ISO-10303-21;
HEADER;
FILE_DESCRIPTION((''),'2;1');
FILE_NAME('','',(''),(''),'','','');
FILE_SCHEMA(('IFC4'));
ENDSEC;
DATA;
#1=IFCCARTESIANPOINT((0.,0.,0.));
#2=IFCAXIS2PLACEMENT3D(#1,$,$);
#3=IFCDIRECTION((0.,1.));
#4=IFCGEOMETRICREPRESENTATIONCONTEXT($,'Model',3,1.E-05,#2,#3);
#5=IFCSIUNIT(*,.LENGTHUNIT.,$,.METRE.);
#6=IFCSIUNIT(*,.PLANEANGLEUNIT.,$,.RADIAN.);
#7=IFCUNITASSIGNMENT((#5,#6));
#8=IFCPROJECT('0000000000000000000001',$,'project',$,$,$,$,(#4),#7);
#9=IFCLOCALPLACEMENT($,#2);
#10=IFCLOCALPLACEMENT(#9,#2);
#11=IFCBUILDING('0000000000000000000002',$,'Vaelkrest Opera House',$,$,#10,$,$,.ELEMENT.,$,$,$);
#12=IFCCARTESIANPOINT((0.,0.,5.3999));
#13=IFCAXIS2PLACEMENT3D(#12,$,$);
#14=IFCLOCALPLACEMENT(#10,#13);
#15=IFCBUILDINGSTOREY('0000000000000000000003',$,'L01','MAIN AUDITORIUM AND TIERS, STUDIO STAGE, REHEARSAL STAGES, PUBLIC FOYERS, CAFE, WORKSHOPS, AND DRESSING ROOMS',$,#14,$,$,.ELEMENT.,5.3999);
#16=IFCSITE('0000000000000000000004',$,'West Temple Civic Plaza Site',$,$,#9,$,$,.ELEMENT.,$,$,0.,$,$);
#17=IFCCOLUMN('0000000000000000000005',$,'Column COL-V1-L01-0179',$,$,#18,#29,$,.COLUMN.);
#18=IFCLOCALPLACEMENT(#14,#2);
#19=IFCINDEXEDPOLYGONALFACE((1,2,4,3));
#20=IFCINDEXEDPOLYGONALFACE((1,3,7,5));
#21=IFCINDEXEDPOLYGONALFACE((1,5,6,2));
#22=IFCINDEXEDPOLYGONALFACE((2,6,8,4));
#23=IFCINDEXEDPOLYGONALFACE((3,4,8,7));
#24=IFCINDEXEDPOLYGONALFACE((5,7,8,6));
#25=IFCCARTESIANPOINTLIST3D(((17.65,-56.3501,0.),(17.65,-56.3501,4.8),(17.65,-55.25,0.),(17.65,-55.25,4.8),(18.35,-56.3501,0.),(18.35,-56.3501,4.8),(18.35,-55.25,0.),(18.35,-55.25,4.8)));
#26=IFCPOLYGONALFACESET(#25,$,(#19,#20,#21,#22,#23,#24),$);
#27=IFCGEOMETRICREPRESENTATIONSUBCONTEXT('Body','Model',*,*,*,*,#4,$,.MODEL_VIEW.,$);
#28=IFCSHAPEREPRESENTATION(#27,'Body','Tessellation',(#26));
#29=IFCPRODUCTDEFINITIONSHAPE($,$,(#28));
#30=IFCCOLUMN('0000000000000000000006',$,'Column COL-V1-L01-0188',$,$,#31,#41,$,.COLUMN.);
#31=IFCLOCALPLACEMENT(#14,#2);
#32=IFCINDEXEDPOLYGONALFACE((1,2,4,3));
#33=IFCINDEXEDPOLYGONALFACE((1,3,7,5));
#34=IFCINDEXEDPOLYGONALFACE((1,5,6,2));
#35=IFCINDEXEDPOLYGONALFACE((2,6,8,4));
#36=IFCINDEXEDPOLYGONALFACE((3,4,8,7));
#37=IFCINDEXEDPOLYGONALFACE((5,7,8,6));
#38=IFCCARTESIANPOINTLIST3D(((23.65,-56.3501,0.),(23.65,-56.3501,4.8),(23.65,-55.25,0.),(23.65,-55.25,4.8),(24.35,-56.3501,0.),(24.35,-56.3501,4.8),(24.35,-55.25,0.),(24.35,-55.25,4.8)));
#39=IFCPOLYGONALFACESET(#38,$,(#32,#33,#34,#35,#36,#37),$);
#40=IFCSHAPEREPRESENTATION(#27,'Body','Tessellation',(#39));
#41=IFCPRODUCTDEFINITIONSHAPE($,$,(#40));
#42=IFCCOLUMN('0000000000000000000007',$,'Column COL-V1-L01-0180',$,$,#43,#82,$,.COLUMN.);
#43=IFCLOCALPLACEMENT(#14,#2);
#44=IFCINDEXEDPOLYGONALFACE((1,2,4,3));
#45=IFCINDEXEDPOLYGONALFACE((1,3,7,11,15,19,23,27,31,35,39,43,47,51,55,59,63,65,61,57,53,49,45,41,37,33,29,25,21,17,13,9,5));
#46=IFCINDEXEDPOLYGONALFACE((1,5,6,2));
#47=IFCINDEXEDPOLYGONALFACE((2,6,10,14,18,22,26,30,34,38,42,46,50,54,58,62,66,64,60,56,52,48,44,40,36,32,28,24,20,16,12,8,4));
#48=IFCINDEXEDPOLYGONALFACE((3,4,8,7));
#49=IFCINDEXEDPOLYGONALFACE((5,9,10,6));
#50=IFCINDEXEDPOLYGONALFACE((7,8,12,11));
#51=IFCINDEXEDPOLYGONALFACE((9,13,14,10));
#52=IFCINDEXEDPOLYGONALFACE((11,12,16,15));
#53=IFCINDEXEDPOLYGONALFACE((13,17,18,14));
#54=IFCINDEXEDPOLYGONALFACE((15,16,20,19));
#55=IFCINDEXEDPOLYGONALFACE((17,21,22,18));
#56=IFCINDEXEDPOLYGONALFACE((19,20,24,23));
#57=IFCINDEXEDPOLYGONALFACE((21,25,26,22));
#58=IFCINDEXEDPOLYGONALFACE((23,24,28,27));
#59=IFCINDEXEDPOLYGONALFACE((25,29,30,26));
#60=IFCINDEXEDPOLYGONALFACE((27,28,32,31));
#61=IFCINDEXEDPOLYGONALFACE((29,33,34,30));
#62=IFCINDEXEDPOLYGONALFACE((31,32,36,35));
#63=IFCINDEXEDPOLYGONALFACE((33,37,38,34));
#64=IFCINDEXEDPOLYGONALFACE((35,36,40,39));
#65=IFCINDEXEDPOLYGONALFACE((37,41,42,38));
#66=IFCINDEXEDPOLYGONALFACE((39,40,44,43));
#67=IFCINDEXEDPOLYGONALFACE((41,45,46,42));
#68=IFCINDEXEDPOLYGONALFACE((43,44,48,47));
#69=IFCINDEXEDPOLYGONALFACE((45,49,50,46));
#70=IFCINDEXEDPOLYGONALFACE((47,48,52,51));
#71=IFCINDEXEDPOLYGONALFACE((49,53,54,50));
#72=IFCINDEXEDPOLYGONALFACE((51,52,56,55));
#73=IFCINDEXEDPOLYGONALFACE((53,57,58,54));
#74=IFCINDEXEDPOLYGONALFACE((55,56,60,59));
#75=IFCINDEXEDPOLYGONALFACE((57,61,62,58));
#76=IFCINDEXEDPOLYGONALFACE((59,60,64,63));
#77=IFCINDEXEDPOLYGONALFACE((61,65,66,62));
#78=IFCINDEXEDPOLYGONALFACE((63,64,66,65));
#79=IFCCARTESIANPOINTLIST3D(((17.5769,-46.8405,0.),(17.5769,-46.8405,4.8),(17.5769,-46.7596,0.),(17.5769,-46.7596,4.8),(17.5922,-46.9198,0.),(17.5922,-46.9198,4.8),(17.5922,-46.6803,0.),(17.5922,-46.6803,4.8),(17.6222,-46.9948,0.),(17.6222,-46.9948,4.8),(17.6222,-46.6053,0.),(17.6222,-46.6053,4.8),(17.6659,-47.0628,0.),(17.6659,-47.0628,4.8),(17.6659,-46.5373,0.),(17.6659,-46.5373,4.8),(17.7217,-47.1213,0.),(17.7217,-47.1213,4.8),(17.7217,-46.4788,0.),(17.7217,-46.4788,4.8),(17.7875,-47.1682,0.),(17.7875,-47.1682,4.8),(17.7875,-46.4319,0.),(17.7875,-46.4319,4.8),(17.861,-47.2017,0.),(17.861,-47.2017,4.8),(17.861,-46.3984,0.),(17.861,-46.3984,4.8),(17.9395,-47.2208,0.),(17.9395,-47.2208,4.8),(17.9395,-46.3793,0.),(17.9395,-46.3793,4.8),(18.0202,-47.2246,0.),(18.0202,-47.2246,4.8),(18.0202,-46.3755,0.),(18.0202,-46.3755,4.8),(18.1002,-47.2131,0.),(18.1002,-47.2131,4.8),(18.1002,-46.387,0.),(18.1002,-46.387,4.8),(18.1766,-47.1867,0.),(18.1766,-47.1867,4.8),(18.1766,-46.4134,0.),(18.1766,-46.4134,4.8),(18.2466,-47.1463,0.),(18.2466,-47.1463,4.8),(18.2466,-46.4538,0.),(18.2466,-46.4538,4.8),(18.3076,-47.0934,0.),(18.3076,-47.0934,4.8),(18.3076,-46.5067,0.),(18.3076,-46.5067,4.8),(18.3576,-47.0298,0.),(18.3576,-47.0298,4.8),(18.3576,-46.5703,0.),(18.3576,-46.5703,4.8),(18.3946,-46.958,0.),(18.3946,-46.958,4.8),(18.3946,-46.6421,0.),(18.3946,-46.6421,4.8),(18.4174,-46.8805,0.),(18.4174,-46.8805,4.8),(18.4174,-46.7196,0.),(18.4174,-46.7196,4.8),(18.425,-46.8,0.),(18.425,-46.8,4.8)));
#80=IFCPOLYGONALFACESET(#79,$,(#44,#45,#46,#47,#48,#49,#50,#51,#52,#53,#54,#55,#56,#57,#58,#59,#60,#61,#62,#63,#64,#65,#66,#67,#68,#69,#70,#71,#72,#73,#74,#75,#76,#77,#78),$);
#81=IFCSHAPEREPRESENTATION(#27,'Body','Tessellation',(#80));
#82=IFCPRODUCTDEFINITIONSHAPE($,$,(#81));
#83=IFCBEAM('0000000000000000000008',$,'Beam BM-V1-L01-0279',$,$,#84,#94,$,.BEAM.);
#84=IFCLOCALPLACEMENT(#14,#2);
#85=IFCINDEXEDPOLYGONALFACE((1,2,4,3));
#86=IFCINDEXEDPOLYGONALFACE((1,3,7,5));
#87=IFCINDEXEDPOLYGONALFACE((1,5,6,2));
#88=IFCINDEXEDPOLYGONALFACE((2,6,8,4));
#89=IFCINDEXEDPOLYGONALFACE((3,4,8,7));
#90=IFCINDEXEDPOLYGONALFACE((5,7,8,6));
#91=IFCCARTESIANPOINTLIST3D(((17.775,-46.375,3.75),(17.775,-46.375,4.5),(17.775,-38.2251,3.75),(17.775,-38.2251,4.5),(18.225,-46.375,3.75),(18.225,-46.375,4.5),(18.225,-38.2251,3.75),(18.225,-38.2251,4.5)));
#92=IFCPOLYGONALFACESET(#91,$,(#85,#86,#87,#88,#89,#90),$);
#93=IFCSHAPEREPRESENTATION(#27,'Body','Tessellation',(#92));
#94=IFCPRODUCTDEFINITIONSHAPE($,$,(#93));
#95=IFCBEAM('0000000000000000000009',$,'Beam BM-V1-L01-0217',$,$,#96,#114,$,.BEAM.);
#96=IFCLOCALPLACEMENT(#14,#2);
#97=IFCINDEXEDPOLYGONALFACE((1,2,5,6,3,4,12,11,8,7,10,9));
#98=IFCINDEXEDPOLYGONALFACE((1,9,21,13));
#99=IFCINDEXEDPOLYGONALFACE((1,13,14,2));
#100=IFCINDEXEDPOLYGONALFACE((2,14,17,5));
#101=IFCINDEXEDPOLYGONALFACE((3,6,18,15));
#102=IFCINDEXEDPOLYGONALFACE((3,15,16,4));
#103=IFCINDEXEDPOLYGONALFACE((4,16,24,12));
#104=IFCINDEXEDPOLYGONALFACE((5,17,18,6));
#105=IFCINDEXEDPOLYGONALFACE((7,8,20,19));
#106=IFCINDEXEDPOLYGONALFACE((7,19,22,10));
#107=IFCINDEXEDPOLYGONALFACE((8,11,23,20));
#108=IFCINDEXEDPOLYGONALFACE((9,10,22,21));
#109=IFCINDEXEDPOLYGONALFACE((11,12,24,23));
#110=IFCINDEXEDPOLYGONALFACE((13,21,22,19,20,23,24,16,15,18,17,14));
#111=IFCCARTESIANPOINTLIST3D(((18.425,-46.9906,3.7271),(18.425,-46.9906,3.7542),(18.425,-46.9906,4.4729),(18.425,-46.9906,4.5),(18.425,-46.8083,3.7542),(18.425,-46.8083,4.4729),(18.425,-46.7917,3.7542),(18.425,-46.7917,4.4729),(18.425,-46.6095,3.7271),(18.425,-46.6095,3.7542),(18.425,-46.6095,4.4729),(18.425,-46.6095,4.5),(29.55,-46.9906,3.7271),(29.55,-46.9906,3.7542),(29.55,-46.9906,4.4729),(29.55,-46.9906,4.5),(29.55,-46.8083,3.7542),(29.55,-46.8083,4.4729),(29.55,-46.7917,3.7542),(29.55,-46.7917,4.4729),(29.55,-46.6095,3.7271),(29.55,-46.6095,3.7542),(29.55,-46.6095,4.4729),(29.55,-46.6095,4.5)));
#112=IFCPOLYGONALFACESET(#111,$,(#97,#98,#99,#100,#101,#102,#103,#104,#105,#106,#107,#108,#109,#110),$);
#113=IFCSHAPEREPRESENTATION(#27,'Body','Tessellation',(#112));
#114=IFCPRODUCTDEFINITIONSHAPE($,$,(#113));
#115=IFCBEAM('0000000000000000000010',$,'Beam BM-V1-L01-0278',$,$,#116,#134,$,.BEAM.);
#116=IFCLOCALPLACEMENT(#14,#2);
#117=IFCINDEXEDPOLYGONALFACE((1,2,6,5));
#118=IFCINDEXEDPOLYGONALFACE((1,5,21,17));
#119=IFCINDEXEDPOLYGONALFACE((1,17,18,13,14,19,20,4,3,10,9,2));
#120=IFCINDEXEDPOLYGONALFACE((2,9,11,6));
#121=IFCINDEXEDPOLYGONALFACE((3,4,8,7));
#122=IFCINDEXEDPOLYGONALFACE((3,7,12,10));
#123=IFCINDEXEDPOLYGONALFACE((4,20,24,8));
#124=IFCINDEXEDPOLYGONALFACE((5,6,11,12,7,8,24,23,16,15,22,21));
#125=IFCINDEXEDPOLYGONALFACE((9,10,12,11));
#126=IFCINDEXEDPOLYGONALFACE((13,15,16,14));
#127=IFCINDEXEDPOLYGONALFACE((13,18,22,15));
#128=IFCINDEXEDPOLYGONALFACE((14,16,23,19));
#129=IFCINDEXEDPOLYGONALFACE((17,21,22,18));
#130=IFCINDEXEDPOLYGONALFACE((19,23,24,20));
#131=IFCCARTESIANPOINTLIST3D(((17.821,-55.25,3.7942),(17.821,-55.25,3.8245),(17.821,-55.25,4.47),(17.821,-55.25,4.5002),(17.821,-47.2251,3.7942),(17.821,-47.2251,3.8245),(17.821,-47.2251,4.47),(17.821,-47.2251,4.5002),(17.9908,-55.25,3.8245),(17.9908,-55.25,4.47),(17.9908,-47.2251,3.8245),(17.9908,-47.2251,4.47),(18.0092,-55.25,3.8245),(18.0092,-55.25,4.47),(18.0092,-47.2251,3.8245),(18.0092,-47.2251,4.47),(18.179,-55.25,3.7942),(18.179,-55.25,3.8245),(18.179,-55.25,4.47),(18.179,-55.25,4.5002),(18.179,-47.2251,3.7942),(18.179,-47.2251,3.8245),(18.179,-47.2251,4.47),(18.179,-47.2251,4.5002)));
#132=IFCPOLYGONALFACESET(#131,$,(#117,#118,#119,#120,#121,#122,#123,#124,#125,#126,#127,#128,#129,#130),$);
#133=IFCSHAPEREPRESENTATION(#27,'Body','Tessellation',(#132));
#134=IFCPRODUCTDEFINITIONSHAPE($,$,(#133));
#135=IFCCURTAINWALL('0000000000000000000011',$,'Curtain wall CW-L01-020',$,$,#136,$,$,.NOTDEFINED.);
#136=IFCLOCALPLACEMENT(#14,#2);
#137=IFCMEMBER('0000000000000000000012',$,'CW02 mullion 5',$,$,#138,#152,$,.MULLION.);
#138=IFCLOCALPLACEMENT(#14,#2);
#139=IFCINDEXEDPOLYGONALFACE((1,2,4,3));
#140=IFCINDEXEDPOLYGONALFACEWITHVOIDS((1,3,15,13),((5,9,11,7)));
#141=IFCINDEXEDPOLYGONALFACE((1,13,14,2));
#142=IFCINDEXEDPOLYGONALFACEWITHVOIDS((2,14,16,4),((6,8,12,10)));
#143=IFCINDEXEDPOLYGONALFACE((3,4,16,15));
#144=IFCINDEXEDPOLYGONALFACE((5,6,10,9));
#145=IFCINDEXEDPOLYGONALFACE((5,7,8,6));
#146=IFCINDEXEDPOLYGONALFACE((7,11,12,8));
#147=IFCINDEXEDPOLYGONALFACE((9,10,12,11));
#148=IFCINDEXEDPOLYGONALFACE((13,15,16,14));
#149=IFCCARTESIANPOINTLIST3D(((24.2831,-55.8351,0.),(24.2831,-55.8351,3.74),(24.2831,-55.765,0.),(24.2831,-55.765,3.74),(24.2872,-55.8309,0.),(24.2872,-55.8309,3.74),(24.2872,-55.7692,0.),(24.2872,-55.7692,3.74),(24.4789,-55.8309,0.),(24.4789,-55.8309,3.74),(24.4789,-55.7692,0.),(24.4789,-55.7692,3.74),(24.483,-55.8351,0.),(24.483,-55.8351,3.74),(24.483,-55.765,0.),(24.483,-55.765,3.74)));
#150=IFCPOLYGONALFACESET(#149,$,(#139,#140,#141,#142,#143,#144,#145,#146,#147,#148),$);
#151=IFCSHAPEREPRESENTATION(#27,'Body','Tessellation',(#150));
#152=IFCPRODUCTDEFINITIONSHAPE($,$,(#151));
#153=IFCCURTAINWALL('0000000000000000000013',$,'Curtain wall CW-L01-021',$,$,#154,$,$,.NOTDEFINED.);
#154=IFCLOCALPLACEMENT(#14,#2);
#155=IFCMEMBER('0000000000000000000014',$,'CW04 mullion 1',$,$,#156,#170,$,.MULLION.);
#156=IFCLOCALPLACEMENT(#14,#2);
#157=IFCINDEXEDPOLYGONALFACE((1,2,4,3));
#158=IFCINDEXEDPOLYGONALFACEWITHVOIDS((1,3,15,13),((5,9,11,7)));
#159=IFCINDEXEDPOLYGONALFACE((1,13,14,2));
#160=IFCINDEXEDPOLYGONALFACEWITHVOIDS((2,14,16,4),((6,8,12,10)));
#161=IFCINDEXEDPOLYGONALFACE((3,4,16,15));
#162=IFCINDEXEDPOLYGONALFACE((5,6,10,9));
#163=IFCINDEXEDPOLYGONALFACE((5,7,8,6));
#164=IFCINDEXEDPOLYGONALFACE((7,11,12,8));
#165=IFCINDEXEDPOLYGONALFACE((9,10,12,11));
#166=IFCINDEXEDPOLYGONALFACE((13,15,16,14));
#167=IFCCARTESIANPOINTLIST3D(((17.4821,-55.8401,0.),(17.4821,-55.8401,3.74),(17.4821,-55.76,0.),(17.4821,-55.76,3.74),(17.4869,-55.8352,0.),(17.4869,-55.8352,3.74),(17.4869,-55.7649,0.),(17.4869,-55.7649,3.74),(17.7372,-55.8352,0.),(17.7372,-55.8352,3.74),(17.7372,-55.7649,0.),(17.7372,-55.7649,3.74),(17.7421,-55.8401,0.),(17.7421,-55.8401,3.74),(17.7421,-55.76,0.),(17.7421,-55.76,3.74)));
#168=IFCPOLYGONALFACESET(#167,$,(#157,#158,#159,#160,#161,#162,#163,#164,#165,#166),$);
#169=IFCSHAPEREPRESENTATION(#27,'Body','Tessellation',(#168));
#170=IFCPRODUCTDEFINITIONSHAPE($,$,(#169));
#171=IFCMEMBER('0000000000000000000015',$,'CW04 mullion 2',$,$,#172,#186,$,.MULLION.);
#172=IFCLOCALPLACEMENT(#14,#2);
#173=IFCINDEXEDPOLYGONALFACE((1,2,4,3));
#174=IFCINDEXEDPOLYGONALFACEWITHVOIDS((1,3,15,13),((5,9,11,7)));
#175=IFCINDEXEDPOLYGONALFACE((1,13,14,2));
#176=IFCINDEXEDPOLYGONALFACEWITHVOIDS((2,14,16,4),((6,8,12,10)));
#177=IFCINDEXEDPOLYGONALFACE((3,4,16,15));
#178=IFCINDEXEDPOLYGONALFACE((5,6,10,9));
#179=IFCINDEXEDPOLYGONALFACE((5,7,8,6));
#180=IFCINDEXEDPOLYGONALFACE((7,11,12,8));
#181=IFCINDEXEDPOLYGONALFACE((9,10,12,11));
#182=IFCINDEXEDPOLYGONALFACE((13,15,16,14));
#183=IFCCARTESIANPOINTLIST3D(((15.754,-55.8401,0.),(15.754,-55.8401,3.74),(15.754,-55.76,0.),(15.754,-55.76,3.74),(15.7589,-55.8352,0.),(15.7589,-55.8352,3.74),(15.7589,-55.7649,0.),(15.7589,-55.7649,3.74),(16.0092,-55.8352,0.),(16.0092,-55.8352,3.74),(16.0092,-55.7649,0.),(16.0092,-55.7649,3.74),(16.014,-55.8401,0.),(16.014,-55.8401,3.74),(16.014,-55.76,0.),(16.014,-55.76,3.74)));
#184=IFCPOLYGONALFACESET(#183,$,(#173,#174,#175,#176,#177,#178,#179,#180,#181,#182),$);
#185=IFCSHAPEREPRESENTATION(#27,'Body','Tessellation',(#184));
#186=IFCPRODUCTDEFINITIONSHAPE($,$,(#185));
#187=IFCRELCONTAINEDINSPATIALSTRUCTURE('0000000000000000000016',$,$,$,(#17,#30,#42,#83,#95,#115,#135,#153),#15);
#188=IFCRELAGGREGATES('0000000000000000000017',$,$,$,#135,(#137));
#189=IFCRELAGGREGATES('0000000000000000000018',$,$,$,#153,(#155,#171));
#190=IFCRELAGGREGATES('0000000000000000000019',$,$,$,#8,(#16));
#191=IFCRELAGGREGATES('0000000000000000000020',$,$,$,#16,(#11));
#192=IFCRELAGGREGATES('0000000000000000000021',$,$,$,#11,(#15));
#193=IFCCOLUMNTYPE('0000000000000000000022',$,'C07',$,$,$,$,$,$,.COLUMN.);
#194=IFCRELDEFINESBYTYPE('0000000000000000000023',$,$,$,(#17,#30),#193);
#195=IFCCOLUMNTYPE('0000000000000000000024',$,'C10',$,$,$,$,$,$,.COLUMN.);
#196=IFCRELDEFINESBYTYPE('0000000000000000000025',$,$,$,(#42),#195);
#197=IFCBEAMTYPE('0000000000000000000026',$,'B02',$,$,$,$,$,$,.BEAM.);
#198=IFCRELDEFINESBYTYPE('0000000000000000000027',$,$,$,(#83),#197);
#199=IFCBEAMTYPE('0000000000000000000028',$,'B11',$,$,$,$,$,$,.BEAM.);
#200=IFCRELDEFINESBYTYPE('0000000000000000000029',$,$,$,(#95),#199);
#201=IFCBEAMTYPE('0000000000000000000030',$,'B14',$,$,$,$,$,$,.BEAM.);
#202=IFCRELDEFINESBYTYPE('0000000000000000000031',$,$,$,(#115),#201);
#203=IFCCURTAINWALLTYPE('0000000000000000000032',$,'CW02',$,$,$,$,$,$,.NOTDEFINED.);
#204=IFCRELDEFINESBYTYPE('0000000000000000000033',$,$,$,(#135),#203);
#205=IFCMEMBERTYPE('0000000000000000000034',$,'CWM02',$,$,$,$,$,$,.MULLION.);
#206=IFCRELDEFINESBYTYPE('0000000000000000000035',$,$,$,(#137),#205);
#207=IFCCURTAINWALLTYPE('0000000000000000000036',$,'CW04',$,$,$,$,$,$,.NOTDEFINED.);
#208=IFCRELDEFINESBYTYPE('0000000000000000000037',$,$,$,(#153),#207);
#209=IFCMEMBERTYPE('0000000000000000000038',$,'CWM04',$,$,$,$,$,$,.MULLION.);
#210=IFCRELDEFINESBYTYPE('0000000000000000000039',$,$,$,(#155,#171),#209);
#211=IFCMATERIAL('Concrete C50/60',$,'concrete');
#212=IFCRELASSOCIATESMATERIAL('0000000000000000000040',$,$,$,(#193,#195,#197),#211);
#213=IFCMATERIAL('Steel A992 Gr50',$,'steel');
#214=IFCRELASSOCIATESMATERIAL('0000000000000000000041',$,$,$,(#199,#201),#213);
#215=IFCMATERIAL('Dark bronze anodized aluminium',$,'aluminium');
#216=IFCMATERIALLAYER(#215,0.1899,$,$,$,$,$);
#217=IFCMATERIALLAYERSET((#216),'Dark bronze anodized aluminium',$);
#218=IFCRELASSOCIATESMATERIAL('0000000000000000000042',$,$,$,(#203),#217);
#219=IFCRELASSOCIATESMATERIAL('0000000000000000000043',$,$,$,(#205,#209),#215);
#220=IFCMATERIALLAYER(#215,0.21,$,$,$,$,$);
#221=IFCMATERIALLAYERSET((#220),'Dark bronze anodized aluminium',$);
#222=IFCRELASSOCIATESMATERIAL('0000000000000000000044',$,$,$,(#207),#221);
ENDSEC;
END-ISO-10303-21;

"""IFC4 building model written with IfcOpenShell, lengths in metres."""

from ifc_helpers import new_model, si_unit, direction, frame, origin, origin_2d, place, context, subcontext, project, spatial, rectangle, hollow_rectangle, circle, i_section, extrude, material, layer, layer_set, material_profile, profile_set, type_object, element, aggregate, save


model = new_model("IFC4")

# Units and contexts
model_context = context("Model", 3, precision=1e-05, world=origin(), true_north=direction((0.0, 1.0)))
body_context = subcontext(model_context, "Body", "Model", "MODEL_VIEW")
ifc_project = project(units=[si_unit("LENGTHUNIT", "METRE"), si_unit("PLANEANGLEUNIT", "RADIAN")], contexts=[model_context])

# Site, building, storey
site_placement = place(None, origin())
site = spatial("IfcSite", under=ifc_project, at=site_placement, Name="West Temple Civic Plaza Site", CompositionType="ELEMENT", RefElevation=0.0)
building_placement = place(site_placement, origin())
building = spatial("IfcBuilding", under=site, at=building_placement, Name="Vaelkrest Opera House", CompositionType="ELEMENT")
storey_placement = place(building_placement, frame((0.0, 0.0, 5.3999)))
storey = spatial("IfcBuildingStorey", under=building, at=storey_placement, Name="L01", Description="MAIN AUDITORIUM AND TIERS, STUDIO STAGE, REHEARSAL STAGES, PUBLIC FOYERS, CAFE, WORKSHOPS, AND DRESSING ROOMS", CompositionType="ELEMENT", Elevation=5.3999)

# Columns
ifc_material_1 = material(Name="Concrete C50/60", Category="concrete")
ifc_material_profile_1 = material_profile(ifc_material_1, rectangle(XDim=0.7, YDim=1.1001, at=origin_2d()), Name="RC700X1100")
ifc_profile_set_1 = profile_set([ifc_material_profile_1], Name="Concrete C50/60")
column_type_1 = type_object("IfcColumnType", Name="C07", PredefinedType="COLUMN", material=ifc_profile_set_1)
for number, where, z_axis, x_axis, name in (
    (1, (18.0, -55.8, 0.0), (0.0, 0.0, 1.0), (1.0, 0.0, 0.0), "Column COL-V1-L01-0179"),
    (2, (24.0, -55.8, 0.0), (0.0, 0.0, 1.0), (1.0, 0.0, 0.0), "Column COL-V1-L01-0188"),
):
    element("IfcColumn", number, at=place(storey_placement, frame(where, z_axis=z_axis, x_axis=x_axis)), inside=storey, type_object=column_type_1, Name=name, PredefinedType="COLUMN", context=body_context, shape_type="SweptSolid", body=[
        extrude(rectangle(XDim=0.7, YDim=1.1001, at=origin_2d()), origin(), (0.0, 0.0, 1.0), 4.8),
    ])
ifc_material_profile_2 = material_profile(ifc_material_1, circle(Radius=0.425, at=origin_2d()), Name="RCD850")
ifc_profile_set_2 = profile_set([ifc_material_profile_2], Name="Concrete C50/60")
column_type_2 = type_object("IfcColumnType", Name="C10", PredefinedType="COLUMN", material=ifc_profile_set_2)
column_placement = place(storey_placement, frame((18.0, -46.8, 0.0), z_axis=(0.0, 0.0, 1.0), x_axis=(1.0, 0.0, 0.0)))
element("IfcColumn", 3, at=column_placement, inside=storey, type_object=column_type_2, Name="Column COL-V1-L01-0180", PredefinedType="COLUMN", context=body_context, shape_type="SweptSolid", body=[
    extrude(circle(Radius=0.425, at=origin_2d()), origin(), (0.0, 0.0, 1.0), 4.8),
])

# Beams
ifc_material_profile_3 = material_profile(ifc_material_1, rectangle(XDim=0.45, YDim=0.75, at=origin_2d()), Name="RCB450X750")
ifc_profile_set_3 = profile_set([ifc_material_profile_3], Name="Concrete C50/60")
beam_type_1 = type_object("IfcBeamType", Name="B02", PredefinedType="BEAM", material=ifc_profile_set_3)
beam_1_placement = place(storey_placement, frame((18.0, -46.375, 4.125), z_axis=(0.0, 1.0, 0.0), x_axis=(-1.0, 0.0, 0.0)))
element("IfcBeam", 4, at=beam_1_placement, inside=storey, type_object=beam_type_1, Name="Beam BM-V1-L01-0279", PredefinedType="BEAM", context=body_context, shape_type="SweptSolid", body=[
    extrude(rectangle(XDim=0.45, YDim=0.75, at=origin_2d()), origin(), (0.0, 0.0, 1.0), 8.1499),
])
ifc_material_2 = material(Name="Steel A992 Gr50", Category="steel")
ifc_material_profile_4 = material_profile(ifc_material_2, i_section(OverallWidth=0.3811, OverallDepth=0.7729, WebThickness=0.0166, FlangeThickness=0.0271, at=origin_2d()), Name="W30X173")
ifc_profile_set_4 = profile_set([ifc_material_profile_4], Name="Steel A992 Gr50")
beam_type_2 = type_object("IfcBeamType", Name="B11", PredefinedType="BEAM", material=ifc_profile_set_4)
beam_2_placement = place(storey_placement, frame((18.425, -46.8, 4.1135), z_axis=(1.0, 0.0, 0.0), x_axis=(0.0, 1.0, 0.0)))
element("IfcBeam", 5, at=beam_2_placement, inside=storey, type_object=beam_type_2, Name="Beam BM-V1-L01-0217", PredefinedType="BEAM", context=body_context, shape_type="SweptSolid", body=[
    extrude(i_section(OverallWidth=0.3811, OverallDepth=0.7729, WebThickness=0.0166, FlangeThickness=0.0271, at=origin_2d()), origin(), (0.0, 0.0, 1.0), 11.125),
])
ifc_material_profile_5 = material_profile(ifc_material_2, i_section(OverallWidth=0.3579, OverallDepth=0.7061, WebThickness=0.0183, FlangeThickness=0.0303, at=origin_2d()), Name="W27X178")
ifc_profile_set_5 = profile_set([ifc_material_profile_5], Name="Steel A992 Gr50")
beam_type_3 = type_object("IfcBeamType", Name="B14", PredefinedType="BEAM", material=ifc_profile_set_5)
beam_3_placement = place(storey_placement, frame((18.0, -55.25, 4.1472), z_axis=(0.0, 1.0, 0.0), x_axis=(-1.0, 0.0, 0.0)))
element("IfcBeam", 6, at=beam_3_placement, inside=storey, type_object=beam_type_3, Name="Beam BM-V1-L01-0278", PredefinedType="BEAM", context=body_context, shape_type="SweptSolid", body=[
    extrude(i_section(OverallWidth=0.3579, OverallDepth=0.7061, WebThickness=0.0183, FlangeThickness=0.0303, at=origin_2d()), origin(), (0.0, 0.0, 1.0), 8.0249),
])

# Curtain wall, member
ifc_material_3 = material(Name="Dark bronze anodized aluminium", Category="aluminium")
ifc_layer_1 = layer(ifc_material_3, 0.1899)
ifc_layer_set_1 = layer_set([ifc_layer_1], Name="Dark bronze anodized aluminium")
curtain_wall_type_1 = type_object("IfcCurtainWallType", Name="CW02", PredefinedType="NOTDEFINED", material=ifc_layer_set_1)
curtain_wall_1_placement = place(storey_placement, origin())
curtain_wall_1 = element("IfcCurtainWall", 7, at=curtain_wall_1_placement, inside=storey, type_object=curtain_wall_type_1, Name="Curtain wall CW-L01-020", PredefinedType="NOTDEFINED")
ifc_material_profile_6 = material_profile(ifc_material_3, hollow_rectangle(XDim=0.0701, YDim=0.2, WallThickness=0.0042, at=origin_2d()), Name="CWM70X200")
ifc_profile_set_6 = profile_set([ifc_material_profile_6], Name="Dark bronze anodized aluminium")
member_type_1 = type_object("IfcMemberType", Name="CWM02", PredefinedType="MULLION", material=ifc_profile_set_6)
member_1_placement = place(storey_placement, frame((24.3831, -55.8, 0.0), z_axis=(0.0, 0.0, 1.0), x_axis=(0.0, -1.0, 0.0)))
member_1 = element("IfcMember", 8, at=member_1_placement, type_object=member_type_1, Name="CW02 mullion 5", PredefinedType="MULLION", context=body_context, shape_type="SweptSolid", body=[
    extrude(hollow_rectangle(XDim=0.0701, YDim=0.2, WallThickness=0.0042, at=origin_2d()), origin(), (0.0, 0.0, 1.0), 3.74),
])
aggregate(curtain_wall_1, [member_1])

# Curtain wall, members
ifc_layer_2 = layer(ifc_material_3, 0.21)
ifc_layer_set_2 = layer_set([ifc_layer_2], Name="Dark bronze anodized aluminium")
curtain_wall_type_2 = type_object("IfcCurtainWallType", Name="CW04", PredefinedType="NOTDEFINED", material=ifc_layer_set_2)
curtain_wall_2_placement = place(storey_placement, origin())
curtain_wall_2 = element("IfcCurtainWall", 9, at=curtain_wall_2_placement, inside=storey, type_object=curtain_wall_type_2, Name="Curtain wall CW-L01-021", PredefinedType="NOTDEFINED")
ifc_material_profile_7 = material_profile(ifc_material_3, hollow_rectangle(XDim=0.0801, YDim=0.26, WallThickness=0.0049, at=origin_2d()), Name="CWM80X260")
ifc_profile_set_7 = profile_set([ifc_material_profile_7], Name="Dark bronze anodized aluminium")
member_type_2 = type_object("IfcMemberType", Name="CWM04", PredefinedType="MULLION", material=ifc_profile_set_7)
member_2_placement = place(storey_placement, frame((17.6121, -55.8, 0.0), z_axis=(0.0, 0.0, 1.0), x_axis=(0.0, -1.0, 0.0)))
member_2 = element("IfcMember", 10, at=member_2_placement, type_object=member_type_2, Name="CW04 mullion 1", PredefinedType="MULLION", context=body_context, shape_type="SweptSolid", body=[
    extrude(hollow_rectangle(XDim=0.0801, YDim=0.26, WallThickness=0.0049, at=origin_2d()), origin(), (0.0, 0.0, 1.0), 3.74),
])
member_3_placement = place(storey_placement, frame((15.884, -55.8, 0.0), z_axis=(0.0, 0.0, 1.0), x_axis=(0.0, -1.0, 0.0)))
member_3 = element("IfcMember", 11, at=member_3_placement, type_object=member_type_2, Name="CW04 mullion 2", PredefinedType="MULLION", context=body_context, shape_type="SweptSolid", body=[
    extrude(hollow_rectangle(XDim=0.0801, YDim=0.26, WallThickness=0.0049, at=origin_2d()), origin(), (0.0, 0.0, 1.0), 3.74),
])

aggregate(curtain_wall_2, [member_2, member_3])

save(model, "model.ifc")
